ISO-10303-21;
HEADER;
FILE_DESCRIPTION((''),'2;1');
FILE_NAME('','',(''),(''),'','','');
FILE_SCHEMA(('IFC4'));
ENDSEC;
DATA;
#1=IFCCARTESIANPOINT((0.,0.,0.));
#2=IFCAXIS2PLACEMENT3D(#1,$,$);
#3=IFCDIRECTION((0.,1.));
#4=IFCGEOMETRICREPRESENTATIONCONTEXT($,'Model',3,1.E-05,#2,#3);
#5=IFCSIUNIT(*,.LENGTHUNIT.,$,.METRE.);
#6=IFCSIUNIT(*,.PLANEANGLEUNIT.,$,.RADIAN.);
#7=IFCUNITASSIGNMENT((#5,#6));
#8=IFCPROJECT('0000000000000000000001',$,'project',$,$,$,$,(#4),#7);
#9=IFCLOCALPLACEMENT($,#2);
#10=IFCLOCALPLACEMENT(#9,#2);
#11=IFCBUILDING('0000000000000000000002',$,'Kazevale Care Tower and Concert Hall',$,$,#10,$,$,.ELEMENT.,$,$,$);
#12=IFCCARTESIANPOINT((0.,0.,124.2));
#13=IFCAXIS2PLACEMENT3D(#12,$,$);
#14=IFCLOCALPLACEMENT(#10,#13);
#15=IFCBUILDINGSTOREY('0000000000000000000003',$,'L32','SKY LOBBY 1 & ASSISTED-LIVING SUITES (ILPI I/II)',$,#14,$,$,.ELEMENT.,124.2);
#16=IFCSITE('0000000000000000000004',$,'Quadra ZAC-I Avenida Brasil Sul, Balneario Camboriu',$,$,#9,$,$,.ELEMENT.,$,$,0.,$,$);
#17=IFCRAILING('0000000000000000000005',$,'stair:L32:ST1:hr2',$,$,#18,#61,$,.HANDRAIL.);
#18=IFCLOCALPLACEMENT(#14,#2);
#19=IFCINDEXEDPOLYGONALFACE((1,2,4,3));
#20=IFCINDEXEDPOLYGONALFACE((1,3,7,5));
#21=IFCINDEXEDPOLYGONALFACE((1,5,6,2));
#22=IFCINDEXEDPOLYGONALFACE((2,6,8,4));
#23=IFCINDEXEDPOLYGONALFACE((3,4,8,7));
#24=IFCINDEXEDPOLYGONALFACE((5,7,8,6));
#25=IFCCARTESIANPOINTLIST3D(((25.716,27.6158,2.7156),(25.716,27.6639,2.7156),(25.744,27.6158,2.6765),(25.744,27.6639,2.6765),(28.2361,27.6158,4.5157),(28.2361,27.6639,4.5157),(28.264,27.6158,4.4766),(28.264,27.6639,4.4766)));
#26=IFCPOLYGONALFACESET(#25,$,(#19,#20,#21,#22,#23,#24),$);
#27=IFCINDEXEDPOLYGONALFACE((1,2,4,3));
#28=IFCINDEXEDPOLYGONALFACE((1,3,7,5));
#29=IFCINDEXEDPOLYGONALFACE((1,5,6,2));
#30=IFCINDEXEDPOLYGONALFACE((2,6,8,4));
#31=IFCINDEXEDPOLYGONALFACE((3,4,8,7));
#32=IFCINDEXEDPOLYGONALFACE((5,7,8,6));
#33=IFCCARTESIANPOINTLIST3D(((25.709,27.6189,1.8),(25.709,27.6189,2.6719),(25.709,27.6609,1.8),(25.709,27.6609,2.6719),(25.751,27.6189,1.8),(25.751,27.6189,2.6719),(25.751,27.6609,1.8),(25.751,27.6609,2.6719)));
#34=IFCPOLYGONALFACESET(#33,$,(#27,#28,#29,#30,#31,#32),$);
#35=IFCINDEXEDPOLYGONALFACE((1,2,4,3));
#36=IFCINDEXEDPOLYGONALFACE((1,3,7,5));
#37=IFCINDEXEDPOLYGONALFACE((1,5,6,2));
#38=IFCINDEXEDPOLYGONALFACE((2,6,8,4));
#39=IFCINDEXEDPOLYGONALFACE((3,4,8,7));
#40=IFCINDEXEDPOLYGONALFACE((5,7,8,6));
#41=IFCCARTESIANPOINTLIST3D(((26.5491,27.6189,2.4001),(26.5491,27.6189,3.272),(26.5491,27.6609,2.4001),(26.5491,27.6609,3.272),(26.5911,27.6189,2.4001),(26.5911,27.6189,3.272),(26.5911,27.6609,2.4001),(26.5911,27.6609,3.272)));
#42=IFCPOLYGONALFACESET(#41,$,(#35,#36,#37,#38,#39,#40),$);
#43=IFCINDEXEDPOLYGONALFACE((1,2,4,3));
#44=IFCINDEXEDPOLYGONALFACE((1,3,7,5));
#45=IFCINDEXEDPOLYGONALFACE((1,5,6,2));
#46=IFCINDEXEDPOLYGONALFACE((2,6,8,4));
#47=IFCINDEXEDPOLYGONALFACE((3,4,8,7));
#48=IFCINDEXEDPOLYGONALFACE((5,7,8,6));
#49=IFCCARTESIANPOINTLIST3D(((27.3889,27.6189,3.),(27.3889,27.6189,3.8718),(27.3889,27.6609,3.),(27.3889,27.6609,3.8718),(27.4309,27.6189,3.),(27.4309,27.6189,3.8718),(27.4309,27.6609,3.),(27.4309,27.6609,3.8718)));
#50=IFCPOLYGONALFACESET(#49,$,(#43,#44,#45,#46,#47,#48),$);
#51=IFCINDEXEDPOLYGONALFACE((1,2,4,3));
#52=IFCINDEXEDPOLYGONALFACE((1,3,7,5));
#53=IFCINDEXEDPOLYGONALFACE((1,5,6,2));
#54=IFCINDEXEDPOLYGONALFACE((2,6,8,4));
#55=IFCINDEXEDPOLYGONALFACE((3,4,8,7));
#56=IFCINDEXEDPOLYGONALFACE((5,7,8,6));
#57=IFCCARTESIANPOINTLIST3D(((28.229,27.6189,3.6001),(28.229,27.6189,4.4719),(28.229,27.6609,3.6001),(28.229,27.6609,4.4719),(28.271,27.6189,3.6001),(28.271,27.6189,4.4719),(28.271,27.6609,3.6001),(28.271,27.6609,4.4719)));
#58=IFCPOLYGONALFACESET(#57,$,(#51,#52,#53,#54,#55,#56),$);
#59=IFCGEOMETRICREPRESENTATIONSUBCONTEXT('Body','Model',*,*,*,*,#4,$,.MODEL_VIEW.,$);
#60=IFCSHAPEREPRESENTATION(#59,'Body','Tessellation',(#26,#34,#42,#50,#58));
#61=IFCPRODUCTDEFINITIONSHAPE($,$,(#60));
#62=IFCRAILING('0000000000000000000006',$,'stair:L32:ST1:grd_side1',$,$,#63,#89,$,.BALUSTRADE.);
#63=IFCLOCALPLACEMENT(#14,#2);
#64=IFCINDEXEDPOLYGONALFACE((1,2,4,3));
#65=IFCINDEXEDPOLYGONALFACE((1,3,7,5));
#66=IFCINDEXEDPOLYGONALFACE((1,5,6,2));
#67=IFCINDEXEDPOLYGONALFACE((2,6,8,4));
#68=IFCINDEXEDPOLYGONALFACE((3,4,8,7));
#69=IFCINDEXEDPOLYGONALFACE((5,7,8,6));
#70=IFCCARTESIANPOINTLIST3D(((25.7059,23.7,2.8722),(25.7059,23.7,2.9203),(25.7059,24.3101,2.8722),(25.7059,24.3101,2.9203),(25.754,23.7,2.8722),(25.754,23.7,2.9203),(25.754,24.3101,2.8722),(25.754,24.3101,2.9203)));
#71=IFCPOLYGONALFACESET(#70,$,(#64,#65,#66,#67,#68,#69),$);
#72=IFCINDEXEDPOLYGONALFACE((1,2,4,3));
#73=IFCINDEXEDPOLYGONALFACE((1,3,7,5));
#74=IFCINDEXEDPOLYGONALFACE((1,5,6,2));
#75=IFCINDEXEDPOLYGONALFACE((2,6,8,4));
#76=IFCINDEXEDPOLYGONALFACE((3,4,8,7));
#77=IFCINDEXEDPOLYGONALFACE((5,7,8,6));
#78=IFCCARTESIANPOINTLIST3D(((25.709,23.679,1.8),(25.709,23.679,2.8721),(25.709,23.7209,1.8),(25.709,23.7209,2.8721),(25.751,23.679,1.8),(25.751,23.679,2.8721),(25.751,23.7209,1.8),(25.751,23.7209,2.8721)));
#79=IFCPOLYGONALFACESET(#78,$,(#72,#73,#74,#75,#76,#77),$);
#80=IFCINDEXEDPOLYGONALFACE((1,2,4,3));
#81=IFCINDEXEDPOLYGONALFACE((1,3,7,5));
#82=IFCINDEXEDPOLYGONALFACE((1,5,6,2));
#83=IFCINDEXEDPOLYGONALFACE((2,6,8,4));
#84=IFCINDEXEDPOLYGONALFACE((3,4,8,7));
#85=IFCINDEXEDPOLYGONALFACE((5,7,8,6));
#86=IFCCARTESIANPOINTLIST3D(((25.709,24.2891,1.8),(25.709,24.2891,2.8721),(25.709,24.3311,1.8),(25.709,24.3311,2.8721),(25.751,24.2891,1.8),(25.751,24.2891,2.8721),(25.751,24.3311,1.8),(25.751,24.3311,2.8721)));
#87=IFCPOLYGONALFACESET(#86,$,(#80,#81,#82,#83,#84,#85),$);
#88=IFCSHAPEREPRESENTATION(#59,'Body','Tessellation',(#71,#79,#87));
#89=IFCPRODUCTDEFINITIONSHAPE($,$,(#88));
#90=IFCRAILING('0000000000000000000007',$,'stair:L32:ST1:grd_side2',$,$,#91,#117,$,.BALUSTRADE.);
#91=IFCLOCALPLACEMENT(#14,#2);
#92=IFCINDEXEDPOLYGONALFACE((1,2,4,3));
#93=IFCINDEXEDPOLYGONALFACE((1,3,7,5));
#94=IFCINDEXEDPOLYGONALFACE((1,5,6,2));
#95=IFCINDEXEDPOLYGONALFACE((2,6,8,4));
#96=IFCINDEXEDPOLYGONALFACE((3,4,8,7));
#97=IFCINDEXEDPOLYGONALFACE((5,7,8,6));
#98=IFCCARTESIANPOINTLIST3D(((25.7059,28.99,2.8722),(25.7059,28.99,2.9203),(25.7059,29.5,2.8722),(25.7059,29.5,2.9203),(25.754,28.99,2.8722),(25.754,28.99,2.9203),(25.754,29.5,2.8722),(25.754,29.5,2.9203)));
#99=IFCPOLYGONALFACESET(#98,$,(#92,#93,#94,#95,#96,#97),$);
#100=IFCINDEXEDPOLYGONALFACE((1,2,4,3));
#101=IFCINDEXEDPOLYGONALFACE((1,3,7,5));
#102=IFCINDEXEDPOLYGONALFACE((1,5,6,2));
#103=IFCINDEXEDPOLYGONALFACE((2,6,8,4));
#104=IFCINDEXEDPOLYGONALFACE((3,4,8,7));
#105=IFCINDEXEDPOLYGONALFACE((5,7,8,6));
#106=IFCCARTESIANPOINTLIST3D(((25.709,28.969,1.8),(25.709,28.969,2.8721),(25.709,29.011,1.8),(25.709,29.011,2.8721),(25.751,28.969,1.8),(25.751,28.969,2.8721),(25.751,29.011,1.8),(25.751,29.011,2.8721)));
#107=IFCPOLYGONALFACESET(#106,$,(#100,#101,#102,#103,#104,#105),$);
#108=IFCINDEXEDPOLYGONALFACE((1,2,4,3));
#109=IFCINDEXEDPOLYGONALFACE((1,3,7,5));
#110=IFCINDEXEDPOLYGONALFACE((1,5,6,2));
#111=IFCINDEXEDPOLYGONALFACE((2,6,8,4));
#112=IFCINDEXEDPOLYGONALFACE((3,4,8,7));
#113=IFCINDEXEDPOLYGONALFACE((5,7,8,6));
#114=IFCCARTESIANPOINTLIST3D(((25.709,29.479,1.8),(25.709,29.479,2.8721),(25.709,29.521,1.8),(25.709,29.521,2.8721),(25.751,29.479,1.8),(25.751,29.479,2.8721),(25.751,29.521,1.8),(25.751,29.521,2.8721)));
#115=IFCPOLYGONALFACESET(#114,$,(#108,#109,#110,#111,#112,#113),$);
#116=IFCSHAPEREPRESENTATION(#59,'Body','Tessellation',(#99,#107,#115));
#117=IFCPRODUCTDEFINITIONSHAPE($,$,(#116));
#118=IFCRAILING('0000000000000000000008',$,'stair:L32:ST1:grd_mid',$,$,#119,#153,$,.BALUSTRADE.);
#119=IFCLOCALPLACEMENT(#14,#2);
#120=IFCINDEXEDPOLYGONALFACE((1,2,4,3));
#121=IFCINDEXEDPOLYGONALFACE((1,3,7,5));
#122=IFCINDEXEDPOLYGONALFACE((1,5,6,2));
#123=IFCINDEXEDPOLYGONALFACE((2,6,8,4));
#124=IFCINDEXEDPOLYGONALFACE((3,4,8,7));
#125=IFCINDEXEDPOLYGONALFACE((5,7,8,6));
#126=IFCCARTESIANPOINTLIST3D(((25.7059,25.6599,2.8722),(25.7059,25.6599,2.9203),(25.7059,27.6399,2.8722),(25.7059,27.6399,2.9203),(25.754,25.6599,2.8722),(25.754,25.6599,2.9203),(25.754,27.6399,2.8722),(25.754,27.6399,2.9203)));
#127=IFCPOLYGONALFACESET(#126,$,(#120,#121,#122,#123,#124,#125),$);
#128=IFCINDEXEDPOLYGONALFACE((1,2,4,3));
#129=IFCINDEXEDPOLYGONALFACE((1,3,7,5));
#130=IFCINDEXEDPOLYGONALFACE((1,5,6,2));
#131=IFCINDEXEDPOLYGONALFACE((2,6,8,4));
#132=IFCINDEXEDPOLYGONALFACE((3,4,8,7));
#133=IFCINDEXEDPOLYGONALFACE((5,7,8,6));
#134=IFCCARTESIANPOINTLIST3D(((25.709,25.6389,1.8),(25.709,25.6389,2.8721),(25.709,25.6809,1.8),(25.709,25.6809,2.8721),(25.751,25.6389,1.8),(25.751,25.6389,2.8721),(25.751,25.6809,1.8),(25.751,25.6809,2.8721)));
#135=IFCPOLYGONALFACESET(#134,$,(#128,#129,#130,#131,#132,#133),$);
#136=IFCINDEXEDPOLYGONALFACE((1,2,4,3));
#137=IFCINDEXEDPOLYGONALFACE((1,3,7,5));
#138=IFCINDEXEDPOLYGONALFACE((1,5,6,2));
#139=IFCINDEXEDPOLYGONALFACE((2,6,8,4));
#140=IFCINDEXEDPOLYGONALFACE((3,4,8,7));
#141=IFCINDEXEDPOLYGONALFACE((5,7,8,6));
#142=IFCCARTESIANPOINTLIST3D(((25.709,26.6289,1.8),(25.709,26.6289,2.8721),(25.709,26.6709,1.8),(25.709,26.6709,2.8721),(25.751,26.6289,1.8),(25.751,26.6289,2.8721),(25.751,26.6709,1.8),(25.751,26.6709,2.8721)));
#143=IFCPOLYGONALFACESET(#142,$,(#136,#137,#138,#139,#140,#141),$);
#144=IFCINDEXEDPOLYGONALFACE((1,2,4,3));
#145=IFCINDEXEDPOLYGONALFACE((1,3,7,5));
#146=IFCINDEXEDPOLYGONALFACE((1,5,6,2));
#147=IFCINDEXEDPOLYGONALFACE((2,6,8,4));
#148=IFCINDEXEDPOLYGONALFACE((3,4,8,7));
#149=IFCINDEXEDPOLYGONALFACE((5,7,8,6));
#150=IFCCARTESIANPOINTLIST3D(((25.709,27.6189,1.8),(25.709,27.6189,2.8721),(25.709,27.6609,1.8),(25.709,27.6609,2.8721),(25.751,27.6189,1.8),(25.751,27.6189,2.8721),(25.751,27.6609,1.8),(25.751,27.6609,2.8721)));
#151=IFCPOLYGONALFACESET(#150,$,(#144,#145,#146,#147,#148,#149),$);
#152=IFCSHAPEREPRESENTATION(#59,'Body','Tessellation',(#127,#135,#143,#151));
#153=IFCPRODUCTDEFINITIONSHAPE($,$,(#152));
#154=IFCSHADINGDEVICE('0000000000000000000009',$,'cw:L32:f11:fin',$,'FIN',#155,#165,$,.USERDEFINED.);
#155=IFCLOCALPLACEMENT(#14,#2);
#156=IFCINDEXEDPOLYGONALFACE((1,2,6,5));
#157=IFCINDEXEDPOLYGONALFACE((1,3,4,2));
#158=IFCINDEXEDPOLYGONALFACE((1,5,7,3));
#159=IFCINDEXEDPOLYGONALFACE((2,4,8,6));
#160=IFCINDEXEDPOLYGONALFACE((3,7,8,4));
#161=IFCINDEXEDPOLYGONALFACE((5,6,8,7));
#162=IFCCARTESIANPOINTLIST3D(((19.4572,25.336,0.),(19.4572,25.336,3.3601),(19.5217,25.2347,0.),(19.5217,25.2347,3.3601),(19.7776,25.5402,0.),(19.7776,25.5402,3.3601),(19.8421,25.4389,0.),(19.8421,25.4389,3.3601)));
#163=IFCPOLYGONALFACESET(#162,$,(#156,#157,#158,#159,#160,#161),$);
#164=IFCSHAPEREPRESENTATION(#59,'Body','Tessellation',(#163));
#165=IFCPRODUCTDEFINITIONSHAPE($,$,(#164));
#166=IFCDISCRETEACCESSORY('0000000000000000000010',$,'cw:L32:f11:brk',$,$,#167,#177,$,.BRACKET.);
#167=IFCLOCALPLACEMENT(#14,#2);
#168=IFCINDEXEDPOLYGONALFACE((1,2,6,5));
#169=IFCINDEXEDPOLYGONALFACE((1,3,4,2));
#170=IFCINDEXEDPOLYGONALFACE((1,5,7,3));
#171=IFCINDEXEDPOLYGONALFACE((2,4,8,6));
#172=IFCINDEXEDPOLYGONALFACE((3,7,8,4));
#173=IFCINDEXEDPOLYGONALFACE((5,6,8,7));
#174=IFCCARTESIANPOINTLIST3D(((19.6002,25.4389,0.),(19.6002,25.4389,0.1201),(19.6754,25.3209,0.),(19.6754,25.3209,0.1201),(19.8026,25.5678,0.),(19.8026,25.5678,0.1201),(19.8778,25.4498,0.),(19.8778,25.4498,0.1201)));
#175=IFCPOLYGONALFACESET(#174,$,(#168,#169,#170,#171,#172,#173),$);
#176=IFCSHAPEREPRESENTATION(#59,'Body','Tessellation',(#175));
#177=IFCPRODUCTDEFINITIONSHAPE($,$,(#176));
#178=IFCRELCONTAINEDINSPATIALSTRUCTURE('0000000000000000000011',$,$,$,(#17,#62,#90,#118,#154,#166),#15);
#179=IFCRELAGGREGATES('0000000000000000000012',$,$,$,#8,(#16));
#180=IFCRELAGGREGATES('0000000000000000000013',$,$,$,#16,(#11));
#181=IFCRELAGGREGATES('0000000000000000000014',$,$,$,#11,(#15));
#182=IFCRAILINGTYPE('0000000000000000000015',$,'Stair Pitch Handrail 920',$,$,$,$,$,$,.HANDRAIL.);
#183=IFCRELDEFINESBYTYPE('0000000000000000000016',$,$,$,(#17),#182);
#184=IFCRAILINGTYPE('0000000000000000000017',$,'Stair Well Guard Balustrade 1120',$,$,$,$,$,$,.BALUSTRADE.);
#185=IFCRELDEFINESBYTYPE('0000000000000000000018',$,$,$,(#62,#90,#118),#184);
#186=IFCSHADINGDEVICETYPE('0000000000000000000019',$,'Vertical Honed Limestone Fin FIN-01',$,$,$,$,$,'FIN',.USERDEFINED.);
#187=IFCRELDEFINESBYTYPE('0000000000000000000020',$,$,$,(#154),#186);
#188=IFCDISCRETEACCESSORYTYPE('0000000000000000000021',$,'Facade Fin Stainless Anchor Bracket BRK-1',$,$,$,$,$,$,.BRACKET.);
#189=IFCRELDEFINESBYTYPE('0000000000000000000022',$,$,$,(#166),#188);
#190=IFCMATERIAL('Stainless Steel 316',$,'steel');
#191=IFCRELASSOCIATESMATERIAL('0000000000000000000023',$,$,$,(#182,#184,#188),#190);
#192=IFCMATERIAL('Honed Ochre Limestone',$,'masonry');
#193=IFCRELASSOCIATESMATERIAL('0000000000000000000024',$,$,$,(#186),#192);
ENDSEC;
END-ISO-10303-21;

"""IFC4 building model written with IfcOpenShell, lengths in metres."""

from ifc_helpers import new_model, si_unit, direction, frame, origin, origin_2d, place, context, subcontext, project, spatial, rectangle, extrude, material, type_object, element, save


model = new_model("IFC4")

# Units and contexts
model_context = context("Model", 3, precision=1e-05, world=origin(), true_north=direction((0.0, 1.0)))
body_context = subcontext(model_context, "Body", "Model", "MODEL_VIEW")
ifc_project = project(units=[si_unit("LENGTHUNIT", "METRE"), si_unit("PLANEANGLEUNIT", "RADIAN")], contexts=[model_context])

# Site, building, storey
site_placement = place(None, origin())
site = spatial("IfcSite", under=ifc_project, at=site_placement, Name="Quadra ZAC-I Avenida Brasil Sul, Balneario Camboriu", CompositionType="ELEMENT", RefElevation=0.0)
building_placement = place(site_placement, origin())
building = spatial("IfcBuilding", under=site, at=building_placement, Name="Kazevale Care Tower and Concert Hall", CompositionType="ELEMENT")
storey_placement = place(building_placement, frame((0.0, 0.0, 124.2)))
storey = spatial("IfcBuildingStorey", under=building, at=storey_placement, Name="L32", Description="SKY LOBBY 1 & ASSISTED-LIVING SUITES (ILPI I/II)", CompositionType="ELEMENT", Elevation=124.2)

# Railings
ifc_material_1 = material(Name="Stainless Steel 316", Category="steel")
railing_type_1 = type_object("IfcRailingType", Name="Stair Pitch Handrail 920", PredefinedType="HANDRAIL", material=ifc_material_1)
railing_1_placement = place(storey_placement, frame((25.73, 27.6399, 1.8)))
element("IfcRailing", 1, at=railing_1_placement, inside=storey, type_object=railing_type_1, Name="stair:L32:ST1:hr2", PredefinedType="HANDRAIL", context=body_context, shape_type="SweptSolid", body=[
    extrude(rectangle(XDim=0.0481, YDim=0.0481, at=origin_2d()), frame((0.0, 0.0, 0.896), z_axis=(0.813728, 0.0, 0.581246), x_axis=(0.0, 1.0, 0.0)), (0.0, 0.0, 1.0), 3.0969),
    extrude(rectangle(XDim=0.042, YDim=0.042, at=origin_2d()), origin(), (0.0, 0.0, 1.0), 0.8718),
    extrude(rectangle(XDim=0.042, YDim=0.042, at=origin_2d()), frame((0.8401, 0.0, 0.6001)), (0.0, 0.0, 1.0), 0.8718),
    extrude(rectangle(XDim=0.042, YDim=0.042, at=origin_2d()), frame((1.6799, 0.0, 1.2)), (0.0, 0.0, 1.0), 0.8718),
    extrude(rectangle(XDim=0.042, YDim=0.042, at=origin_2d()), frame((2.52, 0.0, 1.8)), (0.0, 0.0, 1.0), 0.8718),
])
railing_type_2 = type_object("IfcRailingType", Name="Stair Well Guard Balustrade 1120", PredefinedType="BALUSTRADE", material=ifc_material_1)
railing_2_placement = place(storey_placement, frame((25.73, 23.7, 1.8)))
element("IfcRailing", 2, at=railing_2_placement, inside=storey, type_object=railing_type_2, Name="stair:L32:ST1:grd_side1", PredefinedType="BALUSTRADE", context=body_context, shape_type="SweptSolid", body=[
    extrude(rectangle(XDim=0.0481, YDim=0.0481, at=origin_2d()), frame((0.0, 0.0, 1.0962), z_axis=(0.0, 1.0, 0.0), x_axis=(-1.0, 0.0, 0.0)), (0.0, 0.0, 1.0), 0.6101),
    extrude(rectangle(XDim=0.042, YDim=0.042, at=origin_2d()), origin(), (0.0, 0.0, 1.0), 1.072),
    extrude(rectangle(XDim=0.042, YDim=0.042, at=origin_2d()), frame((0.0, 0.6101, 0.0)), (0.0, 0.0, 1.0), 1.072),
])
railing_3_placement = place(storey_placement, frame((25.73, 28.99, 1.8)))
element("IfcRailing", 3, at=railing_3_placement, inside=storey, type_object=railing_type_2, Name="stair:L32:ST1:grd_side2", PredefinedType="BALUSTRADE", context=body_context, shape_type="SweptSolid", body=[
    extrude(rectangle(XDim=0.0481, YDim=0.0481, at=origin_2d()), frame((0.0, 0.0, 1.0962), z_axis=(0.0, 1.0, 0.0), x_axis=(-1.0, 0.0, 0.0)), (0.0, 0.0, 1.0), 0.51),
    extrude(rectangle(XDim=0.042, YDim=0.042, at=origin_2d()), origin(), (0.0, 0.0, 1.0), 1.072),
    extrude(rectangle(XDim=0.042, YDim=0.042, at=origin_2d()), frame((0.0, 0.51, 0.0)), (0.0, 0.0, 1.0), 1.072),
])
railing_4_placement = place(storey_placement, frame((25.73, 25.6599, 1.8)))
element("IfcRailing", 4, at=railing_4_placement, inside=storey, type_object=railing_type_2, Name="stair:L32:ST1:grd_mid", PredefinedType="BALUSTRADE", context=body_context, shape_type="SweptSolid", body=[
    extrude(rectangle(XDim=0.0481, YDim=0.0481, at=origin_2d()), frame((0.0, 0.0, 1.0962), z_axis=(0.0, 1.0, 0.0), x_axis=(-1.0, 0.0, 0.0)), (0.0, 0.0, 1.0), 1.98),
    extrude(rectangle(XDim=0.042, YDim=0.042, at=origin_2d()), origin(), (0.0, 0.0, 1.0), 1.072),
    extrude(rectangle(XDim=0.042, YDim=0.042, at=origin_2d()), frame((0.0, 0.99, 0.0)), (0.0, 0.0, 1.0), 1.072),
    extrude(rectangle(XDim=0.042, YDim=0.042, at=origin_2d()), frame((0.0, 1.98, 0.0)), (0.0, 0.0, 1.0), 1.072),
])

# Shading device
ifc_material_2 = material(Name="Honed Ochre Limestone", Category="masonry")
shading_device_type = type_object("IfcShadingDeviceType", Name="Vertical Honed Limestone Fin FIN-01", ElementType="FIN", PredefinedType="USERDEFINED", material=ifc_material_2)
shading_device_placement = place(storey_placement, frame((19.6497, 25.3875, 0.0), z_axis=(0.0, 0.0, 1.0), x_axis=(-0.843391, -0.5373, 0.0)))
element("IfcShadingDevice", 5, at=shading_device_placement, inside=storey, type_object=shading_device_type, Name="cw:L32:f11:fin", ObjectType="FIN", PredefinedType="USERDEFINED", context=body_context, shape_type="SweptSolid", body=[
    extrude(rectangle(XDim=0.3799, YDim=0.1201, at=origin_2d()), origin(), (0.0, 0.0, 1.0), 3.3601),
])

# Discrete accessory
discrete_accessory_type = type_object("IfcDiscreteAccessoryType", Name="Facade Fin Stainless Anchor Bracket BRK-1", PredefinedType="BRACKET", material=ifc_material_1)
discrete_accessory_placement = place(storey_placement, frame((19.739, 25.4443, 0.0), z_axis=(0.0, 0.0, 1.0), x_axis=(-0.843391, -0.5373, 0.0)))
element("IfcDiscreteAccessory", 6, at=discrete_accessory_placement, inside=storey, type_object=discrete_accessory_type, Name="cw:L32:f11:brk", PredefinedType="BRACKET", context=body_context, shape_type="SweptSolid", body=[
    extrude(rectangle(XDim=0.24, YDim=0.1399, at=origin_2d()), origin(), (0.0, 0.0, 1.0), 0.1201),
])

save(model, "model.ifc")
